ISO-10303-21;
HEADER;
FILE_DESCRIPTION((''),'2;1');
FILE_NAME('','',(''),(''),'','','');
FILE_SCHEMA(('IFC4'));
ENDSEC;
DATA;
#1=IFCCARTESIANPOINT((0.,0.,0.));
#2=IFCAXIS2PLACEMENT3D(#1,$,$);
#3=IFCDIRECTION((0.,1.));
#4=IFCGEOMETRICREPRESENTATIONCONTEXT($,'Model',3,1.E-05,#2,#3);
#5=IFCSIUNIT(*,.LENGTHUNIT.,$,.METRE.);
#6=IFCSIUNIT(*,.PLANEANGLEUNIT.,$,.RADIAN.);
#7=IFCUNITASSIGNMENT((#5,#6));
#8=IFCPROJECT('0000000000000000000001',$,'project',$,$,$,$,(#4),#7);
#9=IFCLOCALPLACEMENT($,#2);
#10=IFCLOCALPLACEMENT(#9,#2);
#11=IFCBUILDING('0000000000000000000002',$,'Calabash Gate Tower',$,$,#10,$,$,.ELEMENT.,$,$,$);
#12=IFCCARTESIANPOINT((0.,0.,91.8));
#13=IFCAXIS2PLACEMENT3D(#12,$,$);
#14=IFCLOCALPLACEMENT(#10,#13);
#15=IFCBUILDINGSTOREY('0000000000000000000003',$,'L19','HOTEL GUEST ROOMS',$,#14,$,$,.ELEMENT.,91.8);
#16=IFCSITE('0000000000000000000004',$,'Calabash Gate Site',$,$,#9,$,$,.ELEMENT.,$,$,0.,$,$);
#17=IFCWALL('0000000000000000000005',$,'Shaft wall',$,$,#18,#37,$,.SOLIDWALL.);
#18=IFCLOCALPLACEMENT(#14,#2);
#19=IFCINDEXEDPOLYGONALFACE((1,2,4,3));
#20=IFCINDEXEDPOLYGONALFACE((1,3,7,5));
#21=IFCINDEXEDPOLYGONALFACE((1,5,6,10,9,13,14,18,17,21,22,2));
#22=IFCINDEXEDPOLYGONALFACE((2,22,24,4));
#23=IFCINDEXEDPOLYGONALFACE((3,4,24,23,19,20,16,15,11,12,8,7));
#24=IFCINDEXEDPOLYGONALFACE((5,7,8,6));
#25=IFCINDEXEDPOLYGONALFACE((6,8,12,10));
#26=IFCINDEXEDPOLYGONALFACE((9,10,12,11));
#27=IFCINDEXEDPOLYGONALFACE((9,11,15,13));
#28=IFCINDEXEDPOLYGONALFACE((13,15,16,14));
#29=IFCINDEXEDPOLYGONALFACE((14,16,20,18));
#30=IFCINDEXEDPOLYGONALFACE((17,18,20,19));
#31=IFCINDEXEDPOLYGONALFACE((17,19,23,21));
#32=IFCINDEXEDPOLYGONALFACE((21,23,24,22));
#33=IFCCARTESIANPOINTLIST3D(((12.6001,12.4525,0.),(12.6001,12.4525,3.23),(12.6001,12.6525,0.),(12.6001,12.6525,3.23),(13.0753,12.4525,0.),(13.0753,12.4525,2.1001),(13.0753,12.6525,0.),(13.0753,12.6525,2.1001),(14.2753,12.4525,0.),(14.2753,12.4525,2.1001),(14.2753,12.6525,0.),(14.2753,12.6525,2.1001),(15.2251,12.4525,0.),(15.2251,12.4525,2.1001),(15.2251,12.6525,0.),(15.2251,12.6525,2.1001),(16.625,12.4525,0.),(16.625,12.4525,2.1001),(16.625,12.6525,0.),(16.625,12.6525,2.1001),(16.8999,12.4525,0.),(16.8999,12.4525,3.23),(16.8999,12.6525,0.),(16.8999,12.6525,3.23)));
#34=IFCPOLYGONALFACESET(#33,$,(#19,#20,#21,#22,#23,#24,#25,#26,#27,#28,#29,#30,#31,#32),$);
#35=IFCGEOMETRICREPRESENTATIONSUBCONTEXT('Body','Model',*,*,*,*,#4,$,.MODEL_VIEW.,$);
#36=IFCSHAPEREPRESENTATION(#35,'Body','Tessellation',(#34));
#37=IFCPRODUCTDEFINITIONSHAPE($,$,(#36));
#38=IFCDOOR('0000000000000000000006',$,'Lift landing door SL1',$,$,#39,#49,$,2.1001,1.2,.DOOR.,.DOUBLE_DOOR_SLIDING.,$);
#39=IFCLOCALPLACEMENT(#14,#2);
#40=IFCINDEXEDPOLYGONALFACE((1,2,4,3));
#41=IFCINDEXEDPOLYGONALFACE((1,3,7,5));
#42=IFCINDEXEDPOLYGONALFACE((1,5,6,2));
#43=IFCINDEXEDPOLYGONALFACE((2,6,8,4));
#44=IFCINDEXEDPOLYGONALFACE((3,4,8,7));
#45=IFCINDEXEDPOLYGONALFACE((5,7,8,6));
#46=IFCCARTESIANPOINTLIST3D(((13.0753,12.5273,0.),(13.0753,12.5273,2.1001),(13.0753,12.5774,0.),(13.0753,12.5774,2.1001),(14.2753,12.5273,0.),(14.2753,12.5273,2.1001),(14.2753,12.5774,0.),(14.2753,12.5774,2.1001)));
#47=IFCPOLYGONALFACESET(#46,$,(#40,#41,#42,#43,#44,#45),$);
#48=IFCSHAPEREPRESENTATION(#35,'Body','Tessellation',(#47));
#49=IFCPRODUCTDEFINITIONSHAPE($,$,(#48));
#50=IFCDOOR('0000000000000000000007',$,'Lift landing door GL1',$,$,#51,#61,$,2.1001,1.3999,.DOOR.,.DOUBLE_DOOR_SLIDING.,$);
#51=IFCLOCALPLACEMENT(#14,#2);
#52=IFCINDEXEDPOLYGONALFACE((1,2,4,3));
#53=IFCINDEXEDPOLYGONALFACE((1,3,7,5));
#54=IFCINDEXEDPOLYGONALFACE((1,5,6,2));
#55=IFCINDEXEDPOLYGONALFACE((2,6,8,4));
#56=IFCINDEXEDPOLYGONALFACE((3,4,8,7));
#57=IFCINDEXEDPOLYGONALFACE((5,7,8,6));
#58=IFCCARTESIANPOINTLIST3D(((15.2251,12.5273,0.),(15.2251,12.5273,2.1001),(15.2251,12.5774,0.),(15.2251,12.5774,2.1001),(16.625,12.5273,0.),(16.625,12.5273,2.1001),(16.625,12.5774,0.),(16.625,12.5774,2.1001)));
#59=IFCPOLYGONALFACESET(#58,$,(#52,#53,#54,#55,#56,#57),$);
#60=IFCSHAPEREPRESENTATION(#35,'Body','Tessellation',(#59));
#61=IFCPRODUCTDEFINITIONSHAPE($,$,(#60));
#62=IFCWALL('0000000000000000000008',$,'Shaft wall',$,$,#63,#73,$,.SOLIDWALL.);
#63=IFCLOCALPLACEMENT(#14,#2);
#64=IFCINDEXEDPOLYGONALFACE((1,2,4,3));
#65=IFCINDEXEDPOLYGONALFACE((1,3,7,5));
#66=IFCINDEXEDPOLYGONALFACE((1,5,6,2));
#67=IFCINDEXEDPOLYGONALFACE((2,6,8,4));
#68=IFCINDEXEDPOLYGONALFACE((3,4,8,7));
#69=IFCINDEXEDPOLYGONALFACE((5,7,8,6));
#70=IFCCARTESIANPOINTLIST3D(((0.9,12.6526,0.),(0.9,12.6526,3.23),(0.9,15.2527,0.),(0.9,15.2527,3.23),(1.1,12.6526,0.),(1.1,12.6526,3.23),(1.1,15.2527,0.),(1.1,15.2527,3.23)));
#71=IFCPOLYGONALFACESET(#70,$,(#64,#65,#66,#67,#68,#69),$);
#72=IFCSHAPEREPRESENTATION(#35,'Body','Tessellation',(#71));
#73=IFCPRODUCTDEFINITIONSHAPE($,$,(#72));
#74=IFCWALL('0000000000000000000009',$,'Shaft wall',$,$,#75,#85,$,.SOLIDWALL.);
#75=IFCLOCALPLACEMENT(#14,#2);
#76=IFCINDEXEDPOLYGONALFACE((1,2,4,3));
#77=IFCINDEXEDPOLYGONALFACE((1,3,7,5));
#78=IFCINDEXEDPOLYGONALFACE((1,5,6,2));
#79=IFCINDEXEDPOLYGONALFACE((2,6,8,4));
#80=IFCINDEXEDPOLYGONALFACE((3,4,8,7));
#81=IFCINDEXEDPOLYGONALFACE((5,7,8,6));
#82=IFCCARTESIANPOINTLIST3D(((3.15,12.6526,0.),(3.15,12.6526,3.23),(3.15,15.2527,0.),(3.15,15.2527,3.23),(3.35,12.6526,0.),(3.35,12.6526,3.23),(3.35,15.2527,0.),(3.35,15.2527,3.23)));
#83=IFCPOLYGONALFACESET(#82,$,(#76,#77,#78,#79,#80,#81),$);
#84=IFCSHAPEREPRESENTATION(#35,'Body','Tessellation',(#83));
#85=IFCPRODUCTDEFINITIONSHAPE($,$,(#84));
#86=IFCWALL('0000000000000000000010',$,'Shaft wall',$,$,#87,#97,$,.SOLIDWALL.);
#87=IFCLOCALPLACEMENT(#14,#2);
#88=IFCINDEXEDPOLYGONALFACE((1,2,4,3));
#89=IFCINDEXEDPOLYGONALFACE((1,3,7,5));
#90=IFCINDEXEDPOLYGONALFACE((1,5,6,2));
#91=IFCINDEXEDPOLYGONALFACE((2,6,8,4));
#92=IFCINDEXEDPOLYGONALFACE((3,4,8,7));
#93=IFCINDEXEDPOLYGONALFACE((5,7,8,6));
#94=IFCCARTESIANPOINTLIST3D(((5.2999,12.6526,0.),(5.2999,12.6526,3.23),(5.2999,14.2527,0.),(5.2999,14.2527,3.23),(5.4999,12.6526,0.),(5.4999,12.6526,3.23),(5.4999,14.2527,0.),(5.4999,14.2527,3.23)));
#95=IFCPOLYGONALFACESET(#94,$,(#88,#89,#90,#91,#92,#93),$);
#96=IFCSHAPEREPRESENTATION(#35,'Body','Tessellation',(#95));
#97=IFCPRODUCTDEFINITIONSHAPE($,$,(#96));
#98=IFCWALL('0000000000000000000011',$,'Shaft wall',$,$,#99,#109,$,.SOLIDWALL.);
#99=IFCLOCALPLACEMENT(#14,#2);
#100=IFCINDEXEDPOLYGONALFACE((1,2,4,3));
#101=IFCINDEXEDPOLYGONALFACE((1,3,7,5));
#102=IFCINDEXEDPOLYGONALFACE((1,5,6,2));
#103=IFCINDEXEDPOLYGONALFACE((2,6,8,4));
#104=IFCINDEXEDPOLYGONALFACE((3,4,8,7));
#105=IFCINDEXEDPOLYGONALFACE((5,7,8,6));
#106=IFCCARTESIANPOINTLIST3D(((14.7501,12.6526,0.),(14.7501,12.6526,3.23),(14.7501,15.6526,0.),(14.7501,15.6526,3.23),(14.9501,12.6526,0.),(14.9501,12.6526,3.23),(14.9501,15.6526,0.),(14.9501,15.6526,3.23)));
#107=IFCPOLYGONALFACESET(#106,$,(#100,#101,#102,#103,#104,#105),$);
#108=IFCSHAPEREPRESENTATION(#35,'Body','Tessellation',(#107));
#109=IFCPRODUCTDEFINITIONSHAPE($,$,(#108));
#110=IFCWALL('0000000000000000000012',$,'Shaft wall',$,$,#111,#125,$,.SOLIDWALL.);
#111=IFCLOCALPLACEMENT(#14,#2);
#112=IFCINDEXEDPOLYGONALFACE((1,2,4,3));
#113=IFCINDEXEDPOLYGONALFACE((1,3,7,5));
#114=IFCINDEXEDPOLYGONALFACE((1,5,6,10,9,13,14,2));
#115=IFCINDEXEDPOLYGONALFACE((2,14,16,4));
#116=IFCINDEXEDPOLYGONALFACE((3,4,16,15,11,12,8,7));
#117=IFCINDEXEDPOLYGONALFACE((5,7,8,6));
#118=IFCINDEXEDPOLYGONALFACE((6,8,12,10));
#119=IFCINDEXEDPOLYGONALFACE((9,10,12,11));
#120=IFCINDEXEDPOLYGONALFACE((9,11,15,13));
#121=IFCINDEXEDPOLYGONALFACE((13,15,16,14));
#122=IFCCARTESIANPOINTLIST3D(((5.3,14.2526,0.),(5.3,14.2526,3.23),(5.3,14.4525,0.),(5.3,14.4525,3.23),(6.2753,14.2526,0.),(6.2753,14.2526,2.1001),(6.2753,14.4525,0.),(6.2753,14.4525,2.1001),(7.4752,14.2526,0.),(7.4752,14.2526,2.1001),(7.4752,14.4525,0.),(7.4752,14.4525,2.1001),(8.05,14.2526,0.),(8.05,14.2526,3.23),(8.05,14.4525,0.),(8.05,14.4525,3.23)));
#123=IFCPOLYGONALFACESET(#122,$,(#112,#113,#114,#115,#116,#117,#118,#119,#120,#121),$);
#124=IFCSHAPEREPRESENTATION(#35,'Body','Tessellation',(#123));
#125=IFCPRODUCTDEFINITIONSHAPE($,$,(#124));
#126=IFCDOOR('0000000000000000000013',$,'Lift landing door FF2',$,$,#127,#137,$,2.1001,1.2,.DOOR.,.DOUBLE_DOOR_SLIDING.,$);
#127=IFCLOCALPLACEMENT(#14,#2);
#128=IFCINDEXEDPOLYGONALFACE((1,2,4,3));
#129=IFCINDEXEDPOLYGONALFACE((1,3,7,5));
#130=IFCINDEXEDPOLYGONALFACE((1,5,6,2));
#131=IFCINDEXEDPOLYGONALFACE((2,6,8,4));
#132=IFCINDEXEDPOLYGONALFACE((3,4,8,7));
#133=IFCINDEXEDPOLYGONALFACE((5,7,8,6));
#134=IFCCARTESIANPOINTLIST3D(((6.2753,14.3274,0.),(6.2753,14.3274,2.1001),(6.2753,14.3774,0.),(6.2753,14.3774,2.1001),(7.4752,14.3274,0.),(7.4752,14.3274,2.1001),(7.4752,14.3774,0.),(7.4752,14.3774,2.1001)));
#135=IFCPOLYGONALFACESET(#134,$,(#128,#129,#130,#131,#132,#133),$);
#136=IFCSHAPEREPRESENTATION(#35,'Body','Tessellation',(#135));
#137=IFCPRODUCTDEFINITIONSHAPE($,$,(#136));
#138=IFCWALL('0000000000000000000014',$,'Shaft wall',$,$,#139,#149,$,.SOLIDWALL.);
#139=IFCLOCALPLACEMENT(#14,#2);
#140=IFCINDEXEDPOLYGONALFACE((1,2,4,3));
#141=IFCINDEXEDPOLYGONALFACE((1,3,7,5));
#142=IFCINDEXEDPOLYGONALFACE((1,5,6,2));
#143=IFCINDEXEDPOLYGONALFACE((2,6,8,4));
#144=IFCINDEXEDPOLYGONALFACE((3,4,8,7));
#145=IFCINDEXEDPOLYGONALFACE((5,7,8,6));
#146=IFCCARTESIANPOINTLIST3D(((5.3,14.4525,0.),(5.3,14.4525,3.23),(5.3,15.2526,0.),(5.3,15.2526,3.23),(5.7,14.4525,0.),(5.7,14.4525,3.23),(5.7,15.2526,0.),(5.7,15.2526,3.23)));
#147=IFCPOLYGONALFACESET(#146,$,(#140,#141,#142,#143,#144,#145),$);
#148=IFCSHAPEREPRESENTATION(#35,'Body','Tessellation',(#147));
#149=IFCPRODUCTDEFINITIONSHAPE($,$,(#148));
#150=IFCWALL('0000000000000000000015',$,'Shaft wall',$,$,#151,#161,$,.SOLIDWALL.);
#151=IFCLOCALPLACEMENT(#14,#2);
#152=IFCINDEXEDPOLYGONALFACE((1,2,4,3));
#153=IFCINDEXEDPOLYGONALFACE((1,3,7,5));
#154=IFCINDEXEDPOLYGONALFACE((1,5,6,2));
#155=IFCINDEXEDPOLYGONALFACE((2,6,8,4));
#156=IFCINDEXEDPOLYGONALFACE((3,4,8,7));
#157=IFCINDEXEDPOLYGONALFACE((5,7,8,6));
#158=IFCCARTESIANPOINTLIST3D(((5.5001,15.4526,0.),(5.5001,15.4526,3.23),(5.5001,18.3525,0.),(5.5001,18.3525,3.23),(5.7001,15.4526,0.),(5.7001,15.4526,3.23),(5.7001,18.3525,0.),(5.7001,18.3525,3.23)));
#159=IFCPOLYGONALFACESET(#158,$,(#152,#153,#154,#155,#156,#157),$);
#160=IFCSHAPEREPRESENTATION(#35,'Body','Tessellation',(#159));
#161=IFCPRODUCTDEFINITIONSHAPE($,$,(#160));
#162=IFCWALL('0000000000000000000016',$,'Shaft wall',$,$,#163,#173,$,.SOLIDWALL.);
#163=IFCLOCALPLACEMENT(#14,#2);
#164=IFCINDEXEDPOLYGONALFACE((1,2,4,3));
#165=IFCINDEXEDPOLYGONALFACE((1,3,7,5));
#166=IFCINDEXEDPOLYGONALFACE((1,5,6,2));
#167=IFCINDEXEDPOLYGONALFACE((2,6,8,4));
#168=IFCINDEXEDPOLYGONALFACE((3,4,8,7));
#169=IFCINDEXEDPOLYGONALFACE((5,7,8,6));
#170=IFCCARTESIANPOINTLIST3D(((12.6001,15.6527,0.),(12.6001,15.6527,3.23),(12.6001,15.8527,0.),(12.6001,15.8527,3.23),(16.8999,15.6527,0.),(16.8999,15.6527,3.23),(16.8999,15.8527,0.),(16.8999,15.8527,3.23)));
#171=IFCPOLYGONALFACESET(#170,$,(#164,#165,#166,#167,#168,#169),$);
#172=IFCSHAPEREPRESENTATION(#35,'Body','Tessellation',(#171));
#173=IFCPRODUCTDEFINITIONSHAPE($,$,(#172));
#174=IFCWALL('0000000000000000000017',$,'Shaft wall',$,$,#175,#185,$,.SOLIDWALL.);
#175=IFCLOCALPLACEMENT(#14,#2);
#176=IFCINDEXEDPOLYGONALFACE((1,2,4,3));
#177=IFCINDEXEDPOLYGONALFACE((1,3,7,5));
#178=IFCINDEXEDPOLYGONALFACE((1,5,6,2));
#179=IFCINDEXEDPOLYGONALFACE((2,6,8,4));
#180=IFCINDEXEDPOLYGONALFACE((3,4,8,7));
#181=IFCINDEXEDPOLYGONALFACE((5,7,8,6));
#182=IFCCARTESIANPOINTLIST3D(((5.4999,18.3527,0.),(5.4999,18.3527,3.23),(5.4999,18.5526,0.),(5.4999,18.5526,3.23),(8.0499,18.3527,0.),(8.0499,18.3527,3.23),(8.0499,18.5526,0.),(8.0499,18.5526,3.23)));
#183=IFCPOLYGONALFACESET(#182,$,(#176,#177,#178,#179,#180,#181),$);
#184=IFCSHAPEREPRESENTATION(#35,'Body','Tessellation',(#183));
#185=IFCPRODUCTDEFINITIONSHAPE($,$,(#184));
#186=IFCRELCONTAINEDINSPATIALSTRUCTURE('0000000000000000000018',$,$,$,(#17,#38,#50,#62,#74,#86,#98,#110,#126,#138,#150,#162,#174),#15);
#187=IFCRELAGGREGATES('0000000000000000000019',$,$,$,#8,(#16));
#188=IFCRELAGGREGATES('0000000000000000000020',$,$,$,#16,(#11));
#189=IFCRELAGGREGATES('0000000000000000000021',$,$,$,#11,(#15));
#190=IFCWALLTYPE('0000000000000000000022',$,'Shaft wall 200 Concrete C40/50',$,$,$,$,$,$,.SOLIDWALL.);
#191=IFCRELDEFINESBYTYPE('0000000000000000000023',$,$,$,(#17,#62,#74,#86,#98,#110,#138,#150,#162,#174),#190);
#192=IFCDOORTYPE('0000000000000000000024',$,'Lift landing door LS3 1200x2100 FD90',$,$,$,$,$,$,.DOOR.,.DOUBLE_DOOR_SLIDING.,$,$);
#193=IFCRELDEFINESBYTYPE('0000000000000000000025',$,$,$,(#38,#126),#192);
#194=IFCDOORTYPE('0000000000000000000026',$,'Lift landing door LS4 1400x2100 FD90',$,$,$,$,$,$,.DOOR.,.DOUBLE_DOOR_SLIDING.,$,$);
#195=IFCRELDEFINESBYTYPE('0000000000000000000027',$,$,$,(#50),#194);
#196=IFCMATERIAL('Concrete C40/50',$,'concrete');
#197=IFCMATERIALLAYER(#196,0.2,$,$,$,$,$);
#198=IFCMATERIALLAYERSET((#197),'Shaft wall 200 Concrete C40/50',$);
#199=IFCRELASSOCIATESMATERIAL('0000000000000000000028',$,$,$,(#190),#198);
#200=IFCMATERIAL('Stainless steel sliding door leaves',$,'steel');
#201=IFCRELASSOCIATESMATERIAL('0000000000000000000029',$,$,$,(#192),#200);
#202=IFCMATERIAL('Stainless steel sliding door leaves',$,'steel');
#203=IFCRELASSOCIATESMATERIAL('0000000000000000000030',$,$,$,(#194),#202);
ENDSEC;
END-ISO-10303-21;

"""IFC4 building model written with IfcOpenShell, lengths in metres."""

from ifc_helpers import new_model, si_unit, direction, frame, frame_2d, origin, place, context, subcontext, project, spatial, rectangle, extrude, material, layer, layer_set, type_object, element, fill, save


model = new_model("IFC4")

# Units and contexts
model_context = context("Model", 3, precision=1e-05, world=origin(), true_north=direction((0.0, 1.0)))
body_context = subcontext(model_context, "Body", "Model", "MODEL_VIEW")
ifc_project = project(units=[si_unit("LENGTHUNIT", "METRE"), si_unit("PLANEANGLEUNIT", "RADIAN")], contexts=[model_context])

# Site, building, storey
site_placement = place(None, origin())
site = spatial("IfcSite", under=ifc_project, at=site_placement, Name="Calabash Gate Site", CompositionType="ELEMENT", RefElevation=0.0)
building_placement = place(site_placement, origin())
building = spatial("IfcBuilding", under=site, at=building_placement, Name="Calabash Gate Tower", CompositionType="ELEMENT")
storey_placement = place(building_placement, frame((0.0, 0.0, 91.8)))
storey = spatial("IfcBuildingStorey", under=building, at=storey_placement, Name="L19", Description="HOTEL GUEST ROOMS", CompositionType="ELEMENT", Elevation=91.8)

# Shared definitions
ifc_material_1 = material(Name="Concrete C40/50", Category="concrete")
ifc_layer_1 = layer(ifc_material_1, 0.2)
ifc_layer_set_1 = layer_set([ifc_layer_1], Name="Shaft wall 200 Concrete C40/50")
wall_type_1 = type_object("IfcWallType", Name="Shaft wall 200 Concrete C40/50", PredefinedType="SOLIDWALL", material=ifc_layer_set_1)

# Wall, openings, doors
wall_1_placement = place(storey_placement, frame((12.6001, 12.5525, 0.0), z_axis=(0.0, 0.0, 1.0), x_axis=(1.0, 0.0, 0.0)))
wall_1 = element("IfcWall", 1, at=wall_1_placement, inside=storey, type_object=wall_type_1, Name="Shaft wall", PredefinedType="SOLIDWALL", context=body_context, shape_type="SweptSolid", body=[
    extrude(rectangle(XDim=4.2998, YDim=0.2, at=frame_2d((2.1499, 0.0))), origin(), (0.0, 0.0, 1.0), 3.23),
])
opening_1_placement = place(wall_1_placement, frame((0.4751, 0.0, 0.0)))
opening_1 = element("IfcOpeningElement", 2, at=opening_1_placement, cuts=wall_1, PredefinedType="OPENING", context=body_context, shape_type="SweptSolid", body=[
    extrude(rectangle(XDim=1.2, YDim=2.1001, at=frame_2d((0.6001, 1.05))), frame((0.0, 0.1099, 0.0), z_axis=(0.0, -1.0, 0.0), x_axis=(1.0, 0.0, 0.0)), (0.0, 0.0, 1.0), 0.22),
])
opening_2_placement = place(wall_1_placement, frame((2.625, 0.0, 0.0)))
opening_2 = element("IfcOpeningElement", 3, at=opening_2_placement, cuts=wall_1, PredefinedType="OPENING", context=body_context, shape_type="SweptSolid", body=[
    extrude(rectangle(XDim=1.3999, YDim=2.1001, at=frame_2d((0.7, 1.05))), frame((0.0, 0.1099, 0.0), z_axis=(0.0, -1.0, 0.0), x_axis=(1.0, 0.0, 0.0)), (0.0, 0.0, 1.0), 0.22),
])
ifc_material_2 = material(Name="Stainless steel sliding door leaves", Category="steel")
door_type_1 = type_object("IfcDoorType", Name="Lift landing door LS3 1200x2100 FD90", OperationType="DOUBLE_DOOR_SLIDING", PredefinedType="DOOR", material=ifc_material_2)
door_1_placement = place(opening_1_placement, origin())
door_1 = element("IfcDoor", 4, at=door_1_placement, inside=storey, type_object=door_type_1, Name="Lift landing door SL1", OperationType="DOUBLE_DOOR_SLIDING", OverallHeight=2.1001, OverallWidth=1.2, PredefinedType="DOOR", context=body_context, shape_type="SweptSolid", body=[
    extrude(rectangle(XDim=1.2, YDim=2.1001, at=frame_2d((0.6001, 1.05))), frame((0.0, 0.0249, 0.0), z_axis=(0.0, -1.0, 0.0), x_axis=(1.0, 0.0, 0.0)), (0.0, 0.0, 1.0), 0.05),
])
fill(opening_1, door_1)
ifc_material_3 = material(Name="Stainless steel sliding door leaves", Category="steel")
door_type_2 = type_object("IfcDoorType", Name="Lift landing door LS4 1400x2100 FD90", OperationType="DOUBLE_DOOR_SLIDING", PredefinedType="DOOR", material=ifc_material_3)
door_2_placement = place(opening_2_placement, origin())
door_2 = element("IfcDoor", 5, at=door_2_placement, inside=storey, type_object=door_type_2, Name="Lift landing door GL1", OperationType="DOUBLE_DOOR_SLIDING", OverallHeight=2.1001, OverallWidth=1.3999, PredefinedType="DOOR", context=body_context, shape_type="SweptSolid", body=[
    extrude(rectangle(XDim=1.3999, YDim=2.1001, at=frame_2d((0.7, 1.05))), frame((0.0, 0.0249, 0.0), z_axis=(0.0, -1.0, 0.0), x_axis=(1.0, 0.0, 0.0)), (0.0, 0.0, 1.0), 0.05),
])
fill(opening_2, door_2)

# Walls
for number, where, z_axis, x_axis, name in (
    (6, (1.0, 12.6526, 0.0), (0.0, 0.0, 1.0), (0.0, 1.0, 0.0), "Shaft wall"),
    (7, (3.25, 12.6526, 0.0), (0.0, 0.0, 1.0), (0.0, 1.0, 0.0), "Shaft wall"),
):
    element("IfcWall", number, at=place(storey_placement, frame(where, z_axis=z_axis, x_axis=x_axis)), inside=storey, type_object=wall_type_1, Name=name, PredefinedType="SOLIDWALL", context=body_context, shape_type="SweptSolid", body=[
        extrude(rectangle(XDim=2.6001, YDim=0.2, at=frame_2d((1.3, 0.0))), origin(), (0.0, 0.0, 1.0), 3.23),
    ])
wall_2_placement = place(storey_placement, frame((5.3999, 12.6526, 0.0), z_axis=(0.0, 0.0, 1.0), x_axis=(0.0, 1.0, 0.0)))
element("IfcWall", 8, at=wall_2_placement, inside=storey, type_object=wall_type_1, Name="Shaft wall", PredefinedType="SOLIDWALL", context=body_context, shape_type="SweptSolid", body=[
    extrude(rectangle(XDim=1.6001, YDim=0.2, at=frame_2d((0.8, 0.0))), origin(), (0.0, 0.0, 1.0), 3.23),
])
wall_3_placement = place(storey_placement, frame((14.8501, 12.6526, 0.0), z_axis=(0.0, 0.0, 1.0), x_axis=(0.0, 1.0, 0.0)))
element("IfcWall", 9, at=wall_3_placement, inside=storey, type_object=wall_type_1, Name="Shaft wall", PredefinedType="SOLIDWALL", context=body_context, shape_type="SweptSolid", body=[
    extrude(rectangle(XDim=3.0, YDim=0.2, at=frame_2d((1.5, 0.0))), origin(), (0.0, 0.0, 1.0), 3.23),
])

# Wall, opening, door
wall_4_placement = place(storey_placement, frame((5.3, 14.3525, 0.0), z_axis=(0.0, 0.0, 1.0), x_axis=(1.0, 0.0, 0.0)))
wall_4 = element("IfcWall", 10, at=wall_4_placement, inside=storey, type_object=wall_type_1, Name="Shaft wall", PredefinedType="SOLIDWALL", context=body_context, shape_type="SweptSolid", body=[
    extrude(rectangle(XDim=2.75, YDim=0.2, at=frame_2d((1.375, 0.0))), origin(), (0.0, 0.0, 1.0), 3.23),
])
opening_3_placement = place(wall_4_placement, frame((0.9751, 0.0, 0.0)))
opening_3 = element("IfcOpeningElement", 11, at=opening_3_placement, cuts=wall_4, PredefinedType="OPENING", context=body_context, shape_type="SweptSolid", body=[
    extrude(rectangle(XDim=1.2, YDim=2.1001, at=frame_2d((0.6001, 1.05))), frame((0.0, 0.1099, 0.0), z_axis=(0.0, -1.0, 0.0), x_axis=(1.0, 0.0, 0.0)), (0.0, 0.0, 1.0), 0.22),
])
door_3_placement = place(opening_3_placement, origin())
door_3 = element("IfcDoor", 12, at=door_3_placement, inside=storey, type_object=door_type_1, Name="Lift landing door FF2", OperationType="DOUBLE_DOOR_SLIDING", OverallHeight=2.1001, OverallWidth=1.2, PredefinedType="DOOR", context=body_context, shape_type="SweptSolid", body=[
    extrude(rectangle(XDim=1.2, YDim=2.1001, at=frame_2d((0.6001, 1.05))), frame((0.0, 0.0249, 0.0), z_axis=(0.0, -1.0, 0.0), x_axis=(1.0, 0.0, 0.0)), (0.0, 0.0, 1.0), 0.05),
])
fill(opening_3, door_3)

# Walls
wall_5_placement = place(storey_placement, frame((5.5, 14.4526, 0.0), z_axis=(0.0, 0.0, 1.0), x_axis=(0.0, 1.0, 0.0)))
element("IfcWall", 13, at=wall_5_placement, inside=storey, type_object=wall_type_1, Name="Shaft wall", PredefinedType="SOLIDWALL", context=body_context, shape_type="SweptSolid", body=[
    extrude(rectangle(XDim=0.8, YDim=0.3999, at=frame_2d((0.3999, 0.0))), origin(), (0.0, 0.0, 1.0), 3.23),
])
wall_6_placement = place(storey_placement, frame((5.6001, 15.4526, 0.0), z_axis=(0.0, 0.0, 1.0), x_axis=(0.0, 1.0, 0.0)))
element("IfcWall", 14, at=wall_6_placement, inside=storey, type_object=wall_type_1, Name="Shaft wall", PredefinedType="SOLIDWALL", context=body_context, shape_type="SweptSolid", body=[
    extrude(rectangle(XDim=2.8999, YDim=0.2, at=frame_2d((1.45, 0.0))), origin(), (0.0, 0.0, 1.0), 3.23),
])
wall_7_placement = place(storey_placement, frame((12.6001, 15.7527, 0.0), z_axis=(0.0, 0.0, 1.0), x_axis=(1.0, 0.0, 0.0)))
element("IfcWall", 15, at=wall_7_placement, inside=storey, type_object=wall_type_1, Name="Shaft wall", PredefinedType="SOLIDWALL", context=body_context, shape_type="SweptSolid", body=[
    extrude(rectangle(XDim=4.2998, YDim=0.2, at=frame_2d((2.1499, 0.0))), origin(), (0.0, 0.0, 1.0), 3.23),
])
wall_8_placement = place(storey_placement, frame((5.5, 18.4526, 0.0), z_axis=(0.0, 0.0, 1.0), x_axis=(1.0, 0.0, 0.0)))
element("IfcWall", 16, at=wall_8_placement, inside=storey, type_object=wall_type_1, Name="Shaft wall", PredefinedType="SOLIDWALL", context=body_context, shape_type="SweptSolid", body=[
    extrude(rectangle(XDim=2.55, YDim=0.2, at=frame_2d((1.2749, 0.0))), origin(), (0.0, 0.0, 1.0), 3.23),
])

save(model, "model.ifc")
